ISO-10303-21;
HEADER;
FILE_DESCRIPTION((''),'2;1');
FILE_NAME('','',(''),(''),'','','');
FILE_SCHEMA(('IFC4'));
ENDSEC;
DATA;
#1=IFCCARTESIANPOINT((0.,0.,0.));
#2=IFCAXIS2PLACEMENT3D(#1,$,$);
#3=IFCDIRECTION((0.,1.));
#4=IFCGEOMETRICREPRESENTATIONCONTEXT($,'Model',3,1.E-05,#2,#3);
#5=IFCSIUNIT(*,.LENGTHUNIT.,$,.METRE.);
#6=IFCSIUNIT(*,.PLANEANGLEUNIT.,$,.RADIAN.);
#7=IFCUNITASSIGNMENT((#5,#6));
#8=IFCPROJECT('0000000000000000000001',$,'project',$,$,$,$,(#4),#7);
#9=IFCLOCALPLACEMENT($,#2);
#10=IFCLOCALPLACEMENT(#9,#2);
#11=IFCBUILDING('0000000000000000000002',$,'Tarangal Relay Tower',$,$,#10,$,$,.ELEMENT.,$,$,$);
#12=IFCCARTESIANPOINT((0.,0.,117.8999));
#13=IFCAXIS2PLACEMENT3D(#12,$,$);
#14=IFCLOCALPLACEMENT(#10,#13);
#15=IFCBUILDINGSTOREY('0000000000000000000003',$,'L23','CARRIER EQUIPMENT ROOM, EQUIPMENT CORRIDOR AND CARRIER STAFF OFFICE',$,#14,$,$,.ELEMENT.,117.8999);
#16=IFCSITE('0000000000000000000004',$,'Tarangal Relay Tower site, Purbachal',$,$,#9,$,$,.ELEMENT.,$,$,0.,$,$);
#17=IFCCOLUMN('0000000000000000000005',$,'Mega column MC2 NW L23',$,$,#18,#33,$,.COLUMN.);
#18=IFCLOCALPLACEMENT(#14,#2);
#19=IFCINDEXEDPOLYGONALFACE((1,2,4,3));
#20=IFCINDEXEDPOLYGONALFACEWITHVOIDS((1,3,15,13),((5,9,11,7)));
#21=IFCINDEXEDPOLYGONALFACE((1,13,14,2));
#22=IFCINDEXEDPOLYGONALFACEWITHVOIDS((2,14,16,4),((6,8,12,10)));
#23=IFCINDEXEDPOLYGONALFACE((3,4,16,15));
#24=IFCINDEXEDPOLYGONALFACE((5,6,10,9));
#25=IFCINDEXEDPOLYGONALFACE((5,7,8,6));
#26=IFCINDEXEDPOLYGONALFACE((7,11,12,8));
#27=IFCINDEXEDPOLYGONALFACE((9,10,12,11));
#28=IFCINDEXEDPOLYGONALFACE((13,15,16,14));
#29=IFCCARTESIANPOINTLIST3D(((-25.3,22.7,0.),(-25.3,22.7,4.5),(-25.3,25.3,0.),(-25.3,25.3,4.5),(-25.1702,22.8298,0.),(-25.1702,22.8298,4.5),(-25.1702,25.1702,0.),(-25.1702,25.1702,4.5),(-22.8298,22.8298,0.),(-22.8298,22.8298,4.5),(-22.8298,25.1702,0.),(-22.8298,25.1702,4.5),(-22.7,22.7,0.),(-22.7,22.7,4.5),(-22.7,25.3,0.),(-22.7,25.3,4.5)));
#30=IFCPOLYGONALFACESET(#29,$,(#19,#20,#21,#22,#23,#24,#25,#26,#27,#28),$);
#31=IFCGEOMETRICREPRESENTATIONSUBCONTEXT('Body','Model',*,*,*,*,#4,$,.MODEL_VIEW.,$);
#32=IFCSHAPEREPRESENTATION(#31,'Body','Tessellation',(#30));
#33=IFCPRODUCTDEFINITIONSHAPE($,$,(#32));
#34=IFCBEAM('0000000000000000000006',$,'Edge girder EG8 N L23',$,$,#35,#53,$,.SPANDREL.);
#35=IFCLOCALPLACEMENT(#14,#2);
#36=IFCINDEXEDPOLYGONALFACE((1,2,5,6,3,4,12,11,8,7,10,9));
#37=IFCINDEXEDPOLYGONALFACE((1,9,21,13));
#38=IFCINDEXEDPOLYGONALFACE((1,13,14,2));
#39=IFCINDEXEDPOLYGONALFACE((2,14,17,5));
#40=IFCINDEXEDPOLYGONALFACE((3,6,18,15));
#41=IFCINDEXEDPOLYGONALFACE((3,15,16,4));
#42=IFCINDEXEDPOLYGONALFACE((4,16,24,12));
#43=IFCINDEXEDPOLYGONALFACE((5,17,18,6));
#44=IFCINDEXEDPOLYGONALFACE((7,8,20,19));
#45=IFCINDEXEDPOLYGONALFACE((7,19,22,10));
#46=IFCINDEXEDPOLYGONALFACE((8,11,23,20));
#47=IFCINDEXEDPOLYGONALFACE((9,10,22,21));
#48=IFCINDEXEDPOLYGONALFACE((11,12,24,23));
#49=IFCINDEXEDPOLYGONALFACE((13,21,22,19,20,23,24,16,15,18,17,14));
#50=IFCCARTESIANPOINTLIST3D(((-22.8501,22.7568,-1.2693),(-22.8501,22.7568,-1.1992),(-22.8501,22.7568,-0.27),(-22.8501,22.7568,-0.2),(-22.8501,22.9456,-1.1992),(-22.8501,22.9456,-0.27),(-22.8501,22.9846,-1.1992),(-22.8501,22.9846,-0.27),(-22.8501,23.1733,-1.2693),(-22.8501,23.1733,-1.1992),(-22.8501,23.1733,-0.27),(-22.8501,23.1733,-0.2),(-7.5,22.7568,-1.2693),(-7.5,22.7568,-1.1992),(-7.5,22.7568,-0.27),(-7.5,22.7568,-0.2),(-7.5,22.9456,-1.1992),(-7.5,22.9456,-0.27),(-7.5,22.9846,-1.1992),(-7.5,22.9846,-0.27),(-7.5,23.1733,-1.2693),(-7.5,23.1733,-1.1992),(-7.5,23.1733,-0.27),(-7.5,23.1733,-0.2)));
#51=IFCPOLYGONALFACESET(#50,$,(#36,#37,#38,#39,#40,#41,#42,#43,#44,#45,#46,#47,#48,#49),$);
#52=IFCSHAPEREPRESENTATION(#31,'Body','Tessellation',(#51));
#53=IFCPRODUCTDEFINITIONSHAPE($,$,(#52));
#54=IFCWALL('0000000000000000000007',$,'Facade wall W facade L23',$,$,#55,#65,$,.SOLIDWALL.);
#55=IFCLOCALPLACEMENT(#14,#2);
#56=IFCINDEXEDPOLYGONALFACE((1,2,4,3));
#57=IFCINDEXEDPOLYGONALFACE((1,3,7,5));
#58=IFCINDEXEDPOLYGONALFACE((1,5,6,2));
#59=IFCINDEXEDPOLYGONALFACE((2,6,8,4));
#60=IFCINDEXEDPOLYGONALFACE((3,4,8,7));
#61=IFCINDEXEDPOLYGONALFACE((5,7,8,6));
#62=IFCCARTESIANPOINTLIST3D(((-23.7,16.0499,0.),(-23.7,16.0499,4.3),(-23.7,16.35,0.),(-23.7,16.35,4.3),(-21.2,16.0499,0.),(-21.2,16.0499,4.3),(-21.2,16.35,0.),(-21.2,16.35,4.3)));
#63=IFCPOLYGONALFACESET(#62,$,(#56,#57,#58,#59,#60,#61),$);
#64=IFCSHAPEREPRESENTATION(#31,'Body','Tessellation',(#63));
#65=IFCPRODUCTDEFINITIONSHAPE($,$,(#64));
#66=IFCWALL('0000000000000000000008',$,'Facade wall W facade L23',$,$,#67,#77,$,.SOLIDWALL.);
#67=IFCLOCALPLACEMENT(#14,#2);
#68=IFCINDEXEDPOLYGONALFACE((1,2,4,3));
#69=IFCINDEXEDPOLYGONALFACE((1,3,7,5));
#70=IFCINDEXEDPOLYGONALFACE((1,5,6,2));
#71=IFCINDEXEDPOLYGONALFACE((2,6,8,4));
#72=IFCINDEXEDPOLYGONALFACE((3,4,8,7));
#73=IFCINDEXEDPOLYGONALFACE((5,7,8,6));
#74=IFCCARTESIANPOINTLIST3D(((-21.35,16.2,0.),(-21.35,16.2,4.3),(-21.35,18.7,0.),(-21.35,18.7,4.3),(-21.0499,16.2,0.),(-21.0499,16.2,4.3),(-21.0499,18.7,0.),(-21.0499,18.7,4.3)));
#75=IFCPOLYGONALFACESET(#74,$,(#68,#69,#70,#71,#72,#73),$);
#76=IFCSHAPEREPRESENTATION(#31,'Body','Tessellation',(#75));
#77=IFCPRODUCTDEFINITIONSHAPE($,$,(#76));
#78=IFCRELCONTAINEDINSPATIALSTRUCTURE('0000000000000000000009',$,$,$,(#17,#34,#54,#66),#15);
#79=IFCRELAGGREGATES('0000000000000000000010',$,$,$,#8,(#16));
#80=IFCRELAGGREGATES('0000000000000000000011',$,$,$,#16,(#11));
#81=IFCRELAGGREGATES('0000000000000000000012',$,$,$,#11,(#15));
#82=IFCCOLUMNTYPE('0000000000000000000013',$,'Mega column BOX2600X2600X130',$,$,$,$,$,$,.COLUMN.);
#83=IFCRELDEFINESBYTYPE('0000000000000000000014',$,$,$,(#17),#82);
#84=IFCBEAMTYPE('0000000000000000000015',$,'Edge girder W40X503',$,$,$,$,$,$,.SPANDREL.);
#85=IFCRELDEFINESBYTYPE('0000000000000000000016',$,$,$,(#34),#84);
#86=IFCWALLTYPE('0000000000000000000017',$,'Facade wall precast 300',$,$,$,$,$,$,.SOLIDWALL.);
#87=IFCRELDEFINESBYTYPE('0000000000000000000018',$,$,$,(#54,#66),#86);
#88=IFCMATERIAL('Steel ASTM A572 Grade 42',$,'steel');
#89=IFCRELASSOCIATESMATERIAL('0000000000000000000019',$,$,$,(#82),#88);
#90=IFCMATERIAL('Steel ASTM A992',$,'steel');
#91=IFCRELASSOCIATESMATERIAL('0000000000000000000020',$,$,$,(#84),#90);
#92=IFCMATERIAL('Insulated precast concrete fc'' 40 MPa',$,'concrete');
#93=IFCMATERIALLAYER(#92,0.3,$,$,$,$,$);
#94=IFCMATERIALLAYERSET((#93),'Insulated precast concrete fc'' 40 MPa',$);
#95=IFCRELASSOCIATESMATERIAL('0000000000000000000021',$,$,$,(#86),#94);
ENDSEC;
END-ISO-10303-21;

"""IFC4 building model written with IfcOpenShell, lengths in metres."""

from ifc_helpers import new_model, si_unit, direction, frame, frame_2d, origin, origin_2d, place, context, subcontext, project, spatial, rectangle, hollow_rectangle, i_section, extrude, material, layer, layer_set, material_profile, profile_set, type_object, element, save


model = new_model("IFC4")

# Units and contexts
model_context = context("Model", 3, precision=1e-05, world=origin(), true_north=direction((0.0, 1.0)))
body_context = subcontext(model_context, "Body", "Model", "MODEL_VIEW")
ifc_project = project(units=[si_unit("LENGTHUNIT", "METRE"), si_unit("PLANEANGLEUNIT", "RADIAN")], contexts=[model_context])

# Site, building, storey
site_placement = place(None, origin())
site = spatial("IfcSite", under=ifc_project, at=site_placement, Name="Tarangal Relay Tower site, Purbachal", CompositionType="ELEMENT", RefElevation=0.0)
building_placement = place(site_placement, origin())
building = spatial("IfcBuilding", under=site, at=building_placement, Name="Tarangal Relay Tower", CompositionType="ELEMENT")
storey_placement = place(building_placement, frame((0.0, 0.0, 117.8999)))
storey = spatial("IfcBuildingStorey", under=building, at=storey_placement, Name="L23", Description="CARRIER EQUIPMENT ROOM, EQUIPMENT CORRIDOR AND CARRIER STAFF OFFICE", CompositionType="ELEMENT", Elevation=117.8999)

# Column
ifc_material_1 = material(Name="Steel ASTM A572 Grade 42", Category="steel")
ifc_material_profile_1 = material_profile(ifc_material_1, hollow_rectangle(XDim=2.6001, YDim=2.6001, WallThickness=0.1299, at=origin_2d()), Name="BOX2600X2600X130")
ifc_profile_set_1 = profile_set([ifc_material_profile_1], Name="Steel ASTM A572 Grade 42")
column_type = type_object("IfcColumnType", Name="Mega column BOX2600X2600X130", PredefinedType="COLUMN", material=ifc_profile_set_1)
column_placement = place(storey_placement, frame((-24.0, 24.0, 0.0), z_axis=(0.0, 0.0, 1.0), x_axis=(1.0, 0.0, 0.0)))
element("IfcColumn", 1, at=column_placement, inside=storey, type_object=column_type, Name="Mega column MC2 NW L23", PredefinedType="COLUMN", context=body_context, shape_type="SweptSolid", body=[
    extrude(hollow_rectangle(XDim=2.6001, YDim=2.6001, WallThickness=0.1299, at=origin_2d()), origin(), (0.0, 0.0, 1.0), 4.5),
])

# Beam
ifc_material_2 = material(Name="Steel ASTM A992", Category="steel")
ifc_material_profile_2 = material_profile(ifc_material_2, i_section(OverallWidth=0.4165, OverallDepth=1.0693, WebThickness=0.0391, FlangeThickness=0.0701, at=origin_2d()), Name="W40X503")
ifc_profile_set_2 = profile_set([ifc_material_profile_2], Name="Steel ASTM A992")
beam_type = type_object("IfcBeamType", Name="Edge girder W40X503", PredefinedType="SPANDREL", material=ifc_profile_set_2)
beam_placement = place(storey_placement, frame((-22.8501, 22.9651, -0.7346), z_axis=(1.0, 0.0, 0.0), x_axis=(0.0, 1.0, 0.0)))
element("IfcBeam", 2, at=beam_placement, inside=storey, type_object=beam_type, Name="Edge girder EG8 N L23", PredefinedType="SPANDREL", context=body_context, shape_type="SweptSolid", body=[
    extrude(i_section(OverallWidth=0.4165, OverallDepth=1.0693, WebThickness=0.0391, FlangeThickness=0.0701, at=origin_2d()), origin(), (0.0, 0.0, 1.0), 15.3501),
])

# Walls
ifc_material_3 = material(Name="Insulated precast concrete fc' 40 MPa", Category="concrete")
ifc_layer = layer(ifc_material_3, 0.3)
ifc_layer_set = layer_set([ifc_layer], Name="Insulated precast concrete fc' 40 MPa")
wall_type = type_object("IfcWallType", Name="Facade wall precast 300", PredefinedType="SOLIDWALL", material=ifc_layer_set)
for number, where, z_axis, x_axis, name in (
    (3, (-23.7, 16.2, 0.0), (0.0, 0.0, 1.0), (1.0, 0.0, 0.0), "Facade wall W facade L23"),
    (4, (-21.2, 16.2, 0.0), (0.0, 0.0, 1.0), (0.0, 1.0, 0.0), "Facade wall W facade L23"),
):
    element("IfcWall", number, at=place(storey_placement, frame(where, z_axis=z_axis, x_axis=x_axis)), inside=storey, type_object=wall_type, Name=name, PredefinedType="SOLIDWALL", context=body_context, shape_type="SweptSolid", body=[
        extrude(rectangle(XDim=2.5, YDim=0.3, at=frame_2d((1.25, 0.0))), origin(), (0.0, 0.0, 1.0), 4.3),
    ])

save(model, "model.ifc")
